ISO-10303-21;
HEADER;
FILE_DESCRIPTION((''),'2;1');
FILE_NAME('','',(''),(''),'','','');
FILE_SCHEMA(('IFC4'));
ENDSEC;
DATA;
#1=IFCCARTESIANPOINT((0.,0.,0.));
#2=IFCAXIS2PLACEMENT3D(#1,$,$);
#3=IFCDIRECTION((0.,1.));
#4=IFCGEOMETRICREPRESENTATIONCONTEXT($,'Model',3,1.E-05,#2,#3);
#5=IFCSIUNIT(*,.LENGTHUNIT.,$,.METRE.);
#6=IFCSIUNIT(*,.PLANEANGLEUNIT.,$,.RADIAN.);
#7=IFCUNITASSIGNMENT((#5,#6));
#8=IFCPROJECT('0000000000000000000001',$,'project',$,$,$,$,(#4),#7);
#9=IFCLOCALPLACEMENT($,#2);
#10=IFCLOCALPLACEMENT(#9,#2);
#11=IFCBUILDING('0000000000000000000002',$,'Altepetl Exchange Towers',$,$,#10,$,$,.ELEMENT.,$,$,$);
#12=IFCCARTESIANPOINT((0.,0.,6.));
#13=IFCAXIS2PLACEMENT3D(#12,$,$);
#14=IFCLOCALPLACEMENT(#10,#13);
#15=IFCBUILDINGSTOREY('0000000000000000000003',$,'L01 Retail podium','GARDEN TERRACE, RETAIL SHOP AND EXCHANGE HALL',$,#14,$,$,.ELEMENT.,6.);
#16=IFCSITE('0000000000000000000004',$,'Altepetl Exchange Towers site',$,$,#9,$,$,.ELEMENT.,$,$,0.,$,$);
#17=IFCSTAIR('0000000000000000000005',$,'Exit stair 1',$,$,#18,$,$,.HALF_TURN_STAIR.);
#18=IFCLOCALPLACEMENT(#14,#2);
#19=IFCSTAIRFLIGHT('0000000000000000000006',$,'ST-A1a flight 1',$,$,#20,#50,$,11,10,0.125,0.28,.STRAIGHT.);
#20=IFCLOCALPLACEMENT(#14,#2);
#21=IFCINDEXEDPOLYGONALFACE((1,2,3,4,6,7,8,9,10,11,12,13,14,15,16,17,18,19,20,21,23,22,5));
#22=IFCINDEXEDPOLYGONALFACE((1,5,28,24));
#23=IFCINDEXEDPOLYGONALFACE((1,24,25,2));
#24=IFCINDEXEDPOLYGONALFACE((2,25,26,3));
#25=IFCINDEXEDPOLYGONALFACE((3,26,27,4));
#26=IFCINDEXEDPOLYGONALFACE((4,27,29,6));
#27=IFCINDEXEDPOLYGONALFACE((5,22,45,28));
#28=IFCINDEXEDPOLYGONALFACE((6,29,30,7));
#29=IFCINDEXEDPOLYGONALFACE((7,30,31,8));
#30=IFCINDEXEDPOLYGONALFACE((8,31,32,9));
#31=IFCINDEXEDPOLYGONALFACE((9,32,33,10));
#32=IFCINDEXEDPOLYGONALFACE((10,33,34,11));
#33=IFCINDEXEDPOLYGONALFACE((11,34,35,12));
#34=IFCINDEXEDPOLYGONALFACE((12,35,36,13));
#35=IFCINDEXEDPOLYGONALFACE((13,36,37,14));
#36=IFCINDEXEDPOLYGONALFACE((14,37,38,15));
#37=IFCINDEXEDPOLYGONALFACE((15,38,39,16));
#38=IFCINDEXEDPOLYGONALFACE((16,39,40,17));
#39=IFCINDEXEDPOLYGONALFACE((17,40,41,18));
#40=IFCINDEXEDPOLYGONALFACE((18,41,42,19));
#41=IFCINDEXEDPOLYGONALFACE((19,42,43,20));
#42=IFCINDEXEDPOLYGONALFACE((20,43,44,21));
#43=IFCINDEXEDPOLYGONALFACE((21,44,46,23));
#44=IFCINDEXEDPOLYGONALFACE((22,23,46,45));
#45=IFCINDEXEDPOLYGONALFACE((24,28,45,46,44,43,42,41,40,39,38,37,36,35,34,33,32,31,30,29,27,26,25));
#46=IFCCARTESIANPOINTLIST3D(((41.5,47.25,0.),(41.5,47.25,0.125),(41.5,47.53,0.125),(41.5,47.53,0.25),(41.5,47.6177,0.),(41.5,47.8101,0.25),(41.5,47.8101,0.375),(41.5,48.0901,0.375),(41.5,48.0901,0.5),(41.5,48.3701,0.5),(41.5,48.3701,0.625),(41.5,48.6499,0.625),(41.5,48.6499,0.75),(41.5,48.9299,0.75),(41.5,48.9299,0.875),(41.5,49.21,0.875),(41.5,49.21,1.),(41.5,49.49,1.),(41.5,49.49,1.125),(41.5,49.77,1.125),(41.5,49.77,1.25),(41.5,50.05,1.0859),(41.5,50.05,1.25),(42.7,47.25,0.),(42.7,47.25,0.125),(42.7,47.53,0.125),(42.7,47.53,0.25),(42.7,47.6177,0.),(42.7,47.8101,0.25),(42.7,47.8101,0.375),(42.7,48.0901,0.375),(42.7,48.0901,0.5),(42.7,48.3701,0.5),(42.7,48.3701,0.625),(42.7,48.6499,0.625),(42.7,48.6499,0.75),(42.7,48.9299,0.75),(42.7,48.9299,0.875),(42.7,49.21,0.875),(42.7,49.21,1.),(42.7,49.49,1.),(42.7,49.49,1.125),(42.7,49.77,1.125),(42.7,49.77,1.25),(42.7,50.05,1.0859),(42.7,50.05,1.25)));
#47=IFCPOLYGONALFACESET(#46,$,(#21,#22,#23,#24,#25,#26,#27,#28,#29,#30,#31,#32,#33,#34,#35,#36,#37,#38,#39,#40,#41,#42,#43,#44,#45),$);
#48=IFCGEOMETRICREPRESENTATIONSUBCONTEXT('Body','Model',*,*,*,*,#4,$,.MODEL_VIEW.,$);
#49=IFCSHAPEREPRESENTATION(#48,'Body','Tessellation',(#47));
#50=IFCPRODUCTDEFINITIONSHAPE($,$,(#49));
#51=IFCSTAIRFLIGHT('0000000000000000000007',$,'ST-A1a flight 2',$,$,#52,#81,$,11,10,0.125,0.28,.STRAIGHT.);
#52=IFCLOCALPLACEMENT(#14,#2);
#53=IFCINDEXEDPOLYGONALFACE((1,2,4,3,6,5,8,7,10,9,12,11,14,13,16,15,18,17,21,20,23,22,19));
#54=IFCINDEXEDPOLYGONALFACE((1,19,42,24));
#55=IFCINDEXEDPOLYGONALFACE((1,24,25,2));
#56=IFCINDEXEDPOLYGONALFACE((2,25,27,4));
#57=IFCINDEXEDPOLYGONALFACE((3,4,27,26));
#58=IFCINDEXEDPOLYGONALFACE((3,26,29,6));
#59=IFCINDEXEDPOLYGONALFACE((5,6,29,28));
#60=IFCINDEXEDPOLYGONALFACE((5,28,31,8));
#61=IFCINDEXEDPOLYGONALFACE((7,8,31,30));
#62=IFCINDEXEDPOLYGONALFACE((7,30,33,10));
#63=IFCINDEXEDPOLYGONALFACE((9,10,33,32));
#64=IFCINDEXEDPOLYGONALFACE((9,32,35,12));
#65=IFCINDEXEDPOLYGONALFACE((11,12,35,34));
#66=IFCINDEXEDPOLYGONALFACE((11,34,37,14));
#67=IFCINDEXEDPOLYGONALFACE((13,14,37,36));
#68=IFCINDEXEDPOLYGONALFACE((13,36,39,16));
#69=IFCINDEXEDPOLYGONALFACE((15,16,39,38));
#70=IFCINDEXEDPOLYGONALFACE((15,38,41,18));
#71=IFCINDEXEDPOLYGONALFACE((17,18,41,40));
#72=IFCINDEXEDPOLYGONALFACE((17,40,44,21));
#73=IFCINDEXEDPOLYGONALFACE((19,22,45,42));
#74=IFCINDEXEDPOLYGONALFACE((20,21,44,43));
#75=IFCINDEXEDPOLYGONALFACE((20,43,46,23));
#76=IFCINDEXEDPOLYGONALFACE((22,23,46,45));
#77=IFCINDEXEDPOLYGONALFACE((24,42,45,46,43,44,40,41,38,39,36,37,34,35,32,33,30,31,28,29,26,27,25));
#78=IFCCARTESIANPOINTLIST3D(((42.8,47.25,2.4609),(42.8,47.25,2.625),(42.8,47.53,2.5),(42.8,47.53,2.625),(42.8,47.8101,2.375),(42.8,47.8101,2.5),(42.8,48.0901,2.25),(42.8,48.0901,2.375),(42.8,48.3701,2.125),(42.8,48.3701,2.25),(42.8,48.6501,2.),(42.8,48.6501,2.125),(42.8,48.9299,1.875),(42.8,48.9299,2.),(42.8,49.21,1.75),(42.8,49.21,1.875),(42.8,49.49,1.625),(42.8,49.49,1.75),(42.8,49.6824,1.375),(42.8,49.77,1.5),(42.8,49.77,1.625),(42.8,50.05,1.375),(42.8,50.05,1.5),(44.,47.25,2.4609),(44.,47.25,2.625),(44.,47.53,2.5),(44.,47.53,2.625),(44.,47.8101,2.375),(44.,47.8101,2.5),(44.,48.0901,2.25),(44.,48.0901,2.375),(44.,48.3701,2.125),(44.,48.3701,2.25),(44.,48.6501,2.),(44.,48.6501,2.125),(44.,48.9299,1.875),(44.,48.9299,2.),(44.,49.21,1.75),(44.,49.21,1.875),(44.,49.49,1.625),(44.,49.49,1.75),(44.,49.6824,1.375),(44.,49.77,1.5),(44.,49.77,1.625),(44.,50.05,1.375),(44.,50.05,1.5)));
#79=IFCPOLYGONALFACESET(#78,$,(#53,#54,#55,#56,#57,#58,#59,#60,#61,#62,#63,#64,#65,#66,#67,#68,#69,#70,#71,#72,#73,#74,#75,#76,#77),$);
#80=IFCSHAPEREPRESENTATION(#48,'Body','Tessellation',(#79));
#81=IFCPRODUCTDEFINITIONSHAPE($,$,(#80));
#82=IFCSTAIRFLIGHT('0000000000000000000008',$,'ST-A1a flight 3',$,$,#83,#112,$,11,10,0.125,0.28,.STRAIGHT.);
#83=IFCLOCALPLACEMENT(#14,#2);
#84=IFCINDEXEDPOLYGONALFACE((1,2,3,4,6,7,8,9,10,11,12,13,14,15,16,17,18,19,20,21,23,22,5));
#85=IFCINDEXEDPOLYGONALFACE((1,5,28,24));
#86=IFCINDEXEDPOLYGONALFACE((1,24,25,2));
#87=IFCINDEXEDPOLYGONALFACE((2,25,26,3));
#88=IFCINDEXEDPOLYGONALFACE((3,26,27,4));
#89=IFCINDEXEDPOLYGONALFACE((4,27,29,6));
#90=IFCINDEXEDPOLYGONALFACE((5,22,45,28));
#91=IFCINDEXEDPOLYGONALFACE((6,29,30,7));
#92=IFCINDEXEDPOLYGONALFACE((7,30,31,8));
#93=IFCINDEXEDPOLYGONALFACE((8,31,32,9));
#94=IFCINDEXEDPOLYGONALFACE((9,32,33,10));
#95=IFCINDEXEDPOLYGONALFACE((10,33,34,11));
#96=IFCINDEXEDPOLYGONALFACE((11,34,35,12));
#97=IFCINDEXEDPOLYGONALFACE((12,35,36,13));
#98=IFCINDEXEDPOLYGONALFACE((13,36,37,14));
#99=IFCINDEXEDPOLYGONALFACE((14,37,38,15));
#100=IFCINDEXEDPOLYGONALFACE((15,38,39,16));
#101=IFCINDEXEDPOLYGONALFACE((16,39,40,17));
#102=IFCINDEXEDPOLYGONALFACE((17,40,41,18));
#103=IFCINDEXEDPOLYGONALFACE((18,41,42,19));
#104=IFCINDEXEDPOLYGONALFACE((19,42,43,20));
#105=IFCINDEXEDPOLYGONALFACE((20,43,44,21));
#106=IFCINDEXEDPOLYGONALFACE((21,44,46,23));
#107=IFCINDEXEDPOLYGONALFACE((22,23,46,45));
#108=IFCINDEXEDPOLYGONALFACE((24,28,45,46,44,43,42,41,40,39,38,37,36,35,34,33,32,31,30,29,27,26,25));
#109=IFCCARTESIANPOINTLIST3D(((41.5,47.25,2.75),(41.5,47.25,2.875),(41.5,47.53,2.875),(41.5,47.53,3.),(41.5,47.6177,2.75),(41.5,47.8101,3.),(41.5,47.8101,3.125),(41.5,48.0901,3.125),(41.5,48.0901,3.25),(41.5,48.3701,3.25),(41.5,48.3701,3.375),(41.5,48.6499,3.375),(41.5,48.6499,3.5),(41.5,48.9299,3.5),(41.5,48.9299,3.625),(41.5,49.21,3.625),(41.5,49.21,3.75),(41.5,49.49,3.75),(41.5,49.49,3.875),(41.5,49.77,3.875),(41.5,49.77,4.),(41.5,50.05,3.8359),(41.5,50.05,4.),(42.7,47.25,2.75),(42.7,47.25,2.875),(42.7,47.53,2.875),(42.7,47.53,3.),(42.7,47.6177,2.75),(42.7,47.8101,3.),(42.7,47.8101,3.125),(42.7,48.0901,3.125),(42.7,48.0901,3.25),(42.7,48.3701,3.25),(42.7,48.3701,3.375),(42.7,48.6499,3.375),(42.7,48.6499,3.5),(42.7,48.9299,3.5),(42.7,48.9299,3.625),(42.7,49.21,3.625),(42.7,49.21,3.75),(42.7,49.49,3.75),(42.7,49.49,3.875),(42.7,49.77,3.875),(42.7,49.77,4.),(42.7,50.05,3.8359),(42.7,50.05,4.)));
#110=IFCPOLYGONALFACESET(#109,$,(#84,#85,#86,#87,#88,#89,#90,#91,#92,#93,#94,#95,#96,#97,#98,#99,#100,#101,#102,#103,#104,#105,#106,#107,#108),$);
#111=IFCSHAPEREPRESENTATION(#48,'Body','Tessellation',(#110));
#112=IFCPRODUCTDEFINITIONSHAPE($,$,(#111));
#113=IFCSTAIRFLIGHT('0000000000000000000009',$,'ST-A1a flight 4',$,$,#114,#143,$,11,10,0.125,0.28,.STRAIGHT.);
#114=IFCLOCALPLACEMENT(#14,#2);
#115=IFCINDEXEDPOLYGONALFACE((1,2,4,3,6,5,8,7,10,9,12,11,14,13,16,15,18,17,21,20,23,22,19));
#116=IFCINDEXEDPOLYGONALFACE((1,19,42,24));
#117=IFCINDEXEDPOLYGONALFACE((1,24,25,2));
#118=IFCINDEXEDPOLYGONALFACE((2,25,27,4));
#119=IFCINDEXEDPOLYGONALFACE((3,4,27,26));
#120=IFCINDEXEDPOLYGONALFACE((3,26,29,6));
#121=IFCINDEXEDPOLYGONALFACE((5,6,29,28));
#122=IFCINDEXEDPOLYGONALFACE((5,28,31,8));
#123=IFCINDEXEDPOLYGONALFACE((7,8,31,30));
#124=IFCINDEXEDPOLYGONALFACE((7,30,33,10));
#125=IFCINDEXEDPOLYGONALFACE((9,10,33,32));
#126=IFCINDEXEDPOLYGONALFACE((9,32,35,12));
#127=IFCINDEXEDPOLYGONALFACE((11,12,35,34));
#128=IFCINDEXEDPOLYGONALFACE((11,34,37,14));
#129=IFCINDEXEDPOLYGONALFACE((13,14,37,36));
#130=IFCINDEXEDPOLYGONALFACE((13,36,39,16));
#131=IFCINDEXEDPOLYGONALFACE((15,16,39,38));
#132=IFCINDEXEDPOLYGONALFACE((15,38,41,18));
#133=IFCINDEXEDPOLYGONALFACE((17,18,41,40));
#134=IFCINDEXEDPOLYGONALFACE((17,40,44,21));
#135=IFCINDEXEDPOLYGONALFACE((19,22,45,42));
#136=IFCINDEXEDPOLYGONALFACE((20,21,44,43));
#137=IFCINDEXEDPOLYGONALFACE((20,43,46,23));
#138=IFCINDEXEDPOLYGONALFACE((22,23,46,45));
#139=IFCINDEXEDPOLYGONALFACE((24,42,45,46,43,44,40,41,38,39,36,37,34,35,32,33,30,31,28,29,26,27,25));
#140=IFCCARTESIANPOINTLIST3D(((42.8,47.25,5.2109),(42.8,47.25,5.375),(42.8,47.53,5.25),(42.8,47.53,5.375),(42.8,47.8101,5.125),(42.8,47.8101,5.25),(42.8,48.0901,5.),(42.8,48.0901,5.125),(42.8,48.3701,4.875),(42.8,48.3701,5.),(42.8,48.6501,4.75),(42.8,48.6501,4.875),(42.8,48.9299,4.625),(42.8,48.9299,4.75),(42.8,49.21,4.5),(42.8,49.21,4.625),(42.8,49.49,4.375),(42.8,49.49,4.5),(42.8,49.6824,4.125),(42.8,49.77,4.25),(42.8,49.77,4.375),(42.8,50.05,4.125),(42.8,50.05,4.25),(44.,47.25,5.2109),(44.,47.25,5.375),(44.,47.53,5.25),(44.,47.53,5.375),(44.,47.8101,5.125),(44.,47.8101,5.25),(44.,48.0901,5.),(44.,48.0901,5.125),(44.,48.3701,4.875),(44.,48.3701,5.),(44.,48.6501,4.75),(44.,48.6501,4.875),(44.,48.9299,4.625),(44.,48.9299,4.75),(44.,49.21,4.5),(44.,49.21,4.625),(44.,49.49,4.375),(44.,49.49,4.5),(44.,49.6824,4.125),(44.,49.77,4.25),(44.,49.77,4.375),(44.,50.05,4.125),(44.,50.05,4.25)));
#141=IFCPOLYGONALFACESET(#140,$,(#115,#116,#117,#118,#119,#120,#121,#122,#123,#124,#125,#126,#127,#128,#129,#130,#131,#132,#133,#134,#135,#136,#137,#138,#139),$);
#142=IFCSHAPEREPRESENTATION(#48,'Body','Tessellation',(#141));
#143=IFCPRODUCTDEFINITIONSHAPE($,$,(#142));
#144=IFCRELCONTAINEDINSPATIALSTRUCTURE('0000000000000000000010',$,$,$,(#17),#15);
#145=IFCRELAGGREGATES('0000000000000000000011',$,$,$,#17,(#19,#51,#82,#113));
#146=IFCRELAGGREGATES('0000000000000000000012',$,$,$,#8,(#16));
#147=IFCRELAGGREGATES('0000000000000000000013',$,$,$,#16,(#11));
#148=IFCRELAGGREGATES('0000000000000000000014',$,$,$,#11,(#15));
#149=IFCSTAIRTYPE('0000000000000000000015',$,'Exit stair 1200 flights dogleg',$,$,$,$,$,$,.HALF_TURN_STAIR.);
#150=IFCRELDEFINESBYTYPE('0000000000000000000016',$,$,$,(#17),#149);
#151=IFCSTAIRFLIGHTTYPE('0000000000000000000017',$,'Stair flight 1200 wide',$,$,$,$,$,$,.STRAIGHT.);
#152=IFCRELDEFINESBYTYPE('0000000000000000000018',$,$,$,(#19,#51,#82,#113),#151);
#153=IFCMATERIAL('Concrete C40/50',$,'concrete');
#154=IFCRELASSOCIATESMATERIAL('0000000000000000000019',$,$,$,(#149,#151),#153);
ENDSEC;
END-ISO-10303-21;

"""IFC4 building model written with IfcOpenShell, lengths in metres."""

from ifc_helpers import new_model, si_unit, direction, frame, origin, place, context, subcontext, project, spatial, polyline, outline, extrude, material, type_object, element, aggregate, save


model = new_model("IFC4")

# Units and contexts
model_context = context("Model", 3, precision=1e-05, world=origin(), true_north=direction((0.0, 1.0)))
body_context = subcontext(model_context, "Body", "Model", "MODEL_VIEW")
ifc_project = project(units=[si_unit("LENGTHUNIT", "METRE"), si_unit("PLANEANGLEUNIT", "RADIAN")], contexts=[model_context])

# Site, building, storey
site_placement = place(None, origin())
site = spatial("IfcSite", under=ifc_project, at=site_placement, Name="Altepetl Exchange Towers site", CompositionType="ELEMENT", RefElevation=0.0)
building_placement = place(site_placement, origin())
building = spatial("IfcBuilding", under=site, at=building_placement, Name="Altepetl Exchange Towers", CompositionType="ELEMENT")
storey_placement = place(building_placement, frame((0.0, 0.0, 6.0)))
storey = spatial("IfcBuildingStorey", under=building, at=storey_placement, Name="L01 Retail podium", Description="GARDEN TERRACE, RETAIL SHOP AND EXCHANGE HALL", CompositionType="ELEMENT", Elevation=6.0)

# Shared definitions
ifc_material_1 = material(Name="Concrete C40/50", Category="concrete")

# Stair, stair flights
stair_type = type_object("IfcStairType", Name="Exit stair 1200 flights dogleg", PredefinedType="HALF_TURN_STAIR", material=ifc_material_1)
stair_placement = place(storey_placement, origin())
stair = element("IfcStair", 1, at=stair_placement, inside=storey, type_object=stair_type, Name="Exit stair 1", PredefinedType="HALF_TURN_STAIR")
stair_flight_type = type_object("IfcStairFlightType", Name="Stair flight 1200 wide", PredefinedType="STRAIGHT", material=ifc_material_1)
stair_flight_1_placement = place(storey_placement, frame((42.1001, 47.25, 0.0), z_axis=(0.0, 0.0, 1.0), x_axis=(0.0, 1.0, 0.0)))
stair_flight_1 = element("IfcStairFlight", 2, at=stair_flight_1_placement, type_object=stair_flight_type, Name="ST-A1a flight 1", NumberOfRisers=11, NumberOfTreads=10, PredefinedType="STRAIGHT", RiserHeight=0.125, TreadLength=0.28, context=body_context, shape_type="SweptSolid", body=[
    extrude(outline(polyline([(0.0, 0.0), (0.0, 0.125), (0.28, 0.125), (0.28, 0.25), (0.5601, 0.25), (0.5601, 0.375), (0.8401, 0.375), (0.8401, 0.5), (1.1201, 0.5), (1.1201, 0.625), (1.3999, 0.625), (1.3999, 0.75), (1.6799, 0.75), (1.6799, 0.875), (1.96, 0.875), (1.96, 1.0), (2.24, 1.0), (2.24, 1.125), (2.52, 1.125), (2.52, 1.25), (2.8, 1.25), (2.8, 1.375), (2.8, 1.0859), (0.3677, 0.0), (0.0, 0.0)])), frame((0.0, 0.6001, 0.0), z_axis=(0.0, -1.0, 0.0), x_axis=(1.0, 0.0, 0.0)), (0.0, 0.0, 1.0), 1.2),
])
stair_flight_2_placement = place(storey_placement, frame((43.3999, 50.05, 1.375), z_axis=(0.0, 0.0, 1.0), x_axis=(0.0, -1.0, 0.0)))
stair_flight_2 = element("IfcStairFlight", 3, at=stair_flight_2_placement, type_object=stair_flight_type, Name="ST-A1a flight 2", NumberOfRisers=11, NumberOfTreads=10, PredefinedType="STRAIGHT", RiserHeight=0.125, TreadLength=0.28, context=body_context, shape_type="SweptSolid", body=[
    extrude(outline(polyline([(0.0, 0.0), (0.0, 0.125), (0.28, 0.125), (0.28, 0.25), (0.5601, 0.25), (0.5601, 0.375), (0.8401, 0.375), (0.8401, 0.5), (1.1201, 0.5), (1.1201, 0.625), (1.3999, 0.625), (1.3999, 0.75), (1.6799, 0.75), (1.6799, 0.875), (1.96, 0.875), (1.96, 1.0), (2.24, 1.0), (2.24, 1.125), (2.52, 1.125), (2.52, 1.25), (2.8, 1.25), (2.8, 1.375), (2.8, 1.0859), (0.3677, 0.0), (0.0, 0.0)])), frame((0.0, 0.6001, 0.0), z_axis=(0.0, -1.0, 0.0), x_axis=(1.0, 0.0, 0.0)), (0.0, 0.0, 1.0), 1.2),
])
stair_flight_3_placement = place(storey_placement, frame((42.1001, 47.25, 2.75), z_axis=(0.0, 0.0, 1.0), x_axis=(0.0, 1.0, 0.0)))
stair_flight_3 = element("IfcStairFlight", 4, at=stair_flight_3_placement, type_object=stair_flight_type, Name="ST-A1a flight 3", NumberOfRisers=11, NumberOfTreads=10, PredefinedType="STRAIGHT", RiserHeight=0.125, TreadLength=0.28, context=body_context, shape_type="SweptSolid", body=[
    extrude(outline(polyline([(0.0, 0.0), (0.0, 0.125), (0.28, 0.125), (0.28, 0.25), (0.5601, 0.25), (0.5601, 0.375), (0.8401, 0.375), (0.8401, 0.5), (1.1201, 0.5), (1.1201, 0.625), (1.3999, 0.625), (1.3999, 0.75), (1.6799, 0.75), (1.6799, 0.875), (1.96, 0.875), (1.96, 1.0), (2.24, 1.0), (2.24, 1.125), (2.52, 1.125), (2.52, 1.25), (2.8, 1.25), (2.8, 1.375), (2.8, 1.0859), (0.3677, 0.0), (0.0, 0.0)])), frame((0.0, 0.6001, 0.0), z_axis=(0.0, -1.0, 0.0), x_axis=(1.0, 0.0, 0.0)), (0.0, 0.0, 1.0), 1.2),
])
stair_flight_4_placement = place(storey_placement, frame((43.3999, 50.05, 4.125), z_axis=(0.0, 0.0, 1.0), x_axis=(0.0, -1.0, 0.0)))
stair_flight_4 = element("IfcStairFlight", 5, at=stair_flight_4_placement, type_object=stair_flight_type, Name="ST-A1a flight 4", NumberOfRisers=11, NumberOfTreads=10, PredefinedType="STRAIGHT", RiserHeight=0.125, TreadLength=0.28, context=body_context, shape_type="SweptSolid", body=[
    extrude(outline(polyline([(0.0, 0.0), (0.0, 0.125), (0.28, 0.125), (0.28, 0.25), (0.5601, 0.25), (0.5601, 0.375), (0.8401, 0.375), (0.8401, 0.5), (1.1201, 0.5), (1.1201, 0.625), (1.3999, 0.625), (1.3999, 0.75), (1.6799, 0.75), (1.6799, 0.875), (1.96, 0.875), (1.96, 1.0), (2.24, 1.0), (2.24, 1.125), (2.52, 1.125), (2.52, 1.25), (2.8, 1.25), (2.8, 1.375), (2.8, 1.0859), (0.3677, 0.0), (0.0, 0.0)])), frame((0.0, 0.6001, 0.0), z_axis=(0.0, -1.0, 0.0), x_axis=(1.0, 0.0, 0.0)), (0.0, 0.0, 1.0), 1.2),
])
aggregate(stair, [stair_flight_1, stair_flight_2, stair_flight_3, stair_flight_4])

save(model, "model.ifc")
